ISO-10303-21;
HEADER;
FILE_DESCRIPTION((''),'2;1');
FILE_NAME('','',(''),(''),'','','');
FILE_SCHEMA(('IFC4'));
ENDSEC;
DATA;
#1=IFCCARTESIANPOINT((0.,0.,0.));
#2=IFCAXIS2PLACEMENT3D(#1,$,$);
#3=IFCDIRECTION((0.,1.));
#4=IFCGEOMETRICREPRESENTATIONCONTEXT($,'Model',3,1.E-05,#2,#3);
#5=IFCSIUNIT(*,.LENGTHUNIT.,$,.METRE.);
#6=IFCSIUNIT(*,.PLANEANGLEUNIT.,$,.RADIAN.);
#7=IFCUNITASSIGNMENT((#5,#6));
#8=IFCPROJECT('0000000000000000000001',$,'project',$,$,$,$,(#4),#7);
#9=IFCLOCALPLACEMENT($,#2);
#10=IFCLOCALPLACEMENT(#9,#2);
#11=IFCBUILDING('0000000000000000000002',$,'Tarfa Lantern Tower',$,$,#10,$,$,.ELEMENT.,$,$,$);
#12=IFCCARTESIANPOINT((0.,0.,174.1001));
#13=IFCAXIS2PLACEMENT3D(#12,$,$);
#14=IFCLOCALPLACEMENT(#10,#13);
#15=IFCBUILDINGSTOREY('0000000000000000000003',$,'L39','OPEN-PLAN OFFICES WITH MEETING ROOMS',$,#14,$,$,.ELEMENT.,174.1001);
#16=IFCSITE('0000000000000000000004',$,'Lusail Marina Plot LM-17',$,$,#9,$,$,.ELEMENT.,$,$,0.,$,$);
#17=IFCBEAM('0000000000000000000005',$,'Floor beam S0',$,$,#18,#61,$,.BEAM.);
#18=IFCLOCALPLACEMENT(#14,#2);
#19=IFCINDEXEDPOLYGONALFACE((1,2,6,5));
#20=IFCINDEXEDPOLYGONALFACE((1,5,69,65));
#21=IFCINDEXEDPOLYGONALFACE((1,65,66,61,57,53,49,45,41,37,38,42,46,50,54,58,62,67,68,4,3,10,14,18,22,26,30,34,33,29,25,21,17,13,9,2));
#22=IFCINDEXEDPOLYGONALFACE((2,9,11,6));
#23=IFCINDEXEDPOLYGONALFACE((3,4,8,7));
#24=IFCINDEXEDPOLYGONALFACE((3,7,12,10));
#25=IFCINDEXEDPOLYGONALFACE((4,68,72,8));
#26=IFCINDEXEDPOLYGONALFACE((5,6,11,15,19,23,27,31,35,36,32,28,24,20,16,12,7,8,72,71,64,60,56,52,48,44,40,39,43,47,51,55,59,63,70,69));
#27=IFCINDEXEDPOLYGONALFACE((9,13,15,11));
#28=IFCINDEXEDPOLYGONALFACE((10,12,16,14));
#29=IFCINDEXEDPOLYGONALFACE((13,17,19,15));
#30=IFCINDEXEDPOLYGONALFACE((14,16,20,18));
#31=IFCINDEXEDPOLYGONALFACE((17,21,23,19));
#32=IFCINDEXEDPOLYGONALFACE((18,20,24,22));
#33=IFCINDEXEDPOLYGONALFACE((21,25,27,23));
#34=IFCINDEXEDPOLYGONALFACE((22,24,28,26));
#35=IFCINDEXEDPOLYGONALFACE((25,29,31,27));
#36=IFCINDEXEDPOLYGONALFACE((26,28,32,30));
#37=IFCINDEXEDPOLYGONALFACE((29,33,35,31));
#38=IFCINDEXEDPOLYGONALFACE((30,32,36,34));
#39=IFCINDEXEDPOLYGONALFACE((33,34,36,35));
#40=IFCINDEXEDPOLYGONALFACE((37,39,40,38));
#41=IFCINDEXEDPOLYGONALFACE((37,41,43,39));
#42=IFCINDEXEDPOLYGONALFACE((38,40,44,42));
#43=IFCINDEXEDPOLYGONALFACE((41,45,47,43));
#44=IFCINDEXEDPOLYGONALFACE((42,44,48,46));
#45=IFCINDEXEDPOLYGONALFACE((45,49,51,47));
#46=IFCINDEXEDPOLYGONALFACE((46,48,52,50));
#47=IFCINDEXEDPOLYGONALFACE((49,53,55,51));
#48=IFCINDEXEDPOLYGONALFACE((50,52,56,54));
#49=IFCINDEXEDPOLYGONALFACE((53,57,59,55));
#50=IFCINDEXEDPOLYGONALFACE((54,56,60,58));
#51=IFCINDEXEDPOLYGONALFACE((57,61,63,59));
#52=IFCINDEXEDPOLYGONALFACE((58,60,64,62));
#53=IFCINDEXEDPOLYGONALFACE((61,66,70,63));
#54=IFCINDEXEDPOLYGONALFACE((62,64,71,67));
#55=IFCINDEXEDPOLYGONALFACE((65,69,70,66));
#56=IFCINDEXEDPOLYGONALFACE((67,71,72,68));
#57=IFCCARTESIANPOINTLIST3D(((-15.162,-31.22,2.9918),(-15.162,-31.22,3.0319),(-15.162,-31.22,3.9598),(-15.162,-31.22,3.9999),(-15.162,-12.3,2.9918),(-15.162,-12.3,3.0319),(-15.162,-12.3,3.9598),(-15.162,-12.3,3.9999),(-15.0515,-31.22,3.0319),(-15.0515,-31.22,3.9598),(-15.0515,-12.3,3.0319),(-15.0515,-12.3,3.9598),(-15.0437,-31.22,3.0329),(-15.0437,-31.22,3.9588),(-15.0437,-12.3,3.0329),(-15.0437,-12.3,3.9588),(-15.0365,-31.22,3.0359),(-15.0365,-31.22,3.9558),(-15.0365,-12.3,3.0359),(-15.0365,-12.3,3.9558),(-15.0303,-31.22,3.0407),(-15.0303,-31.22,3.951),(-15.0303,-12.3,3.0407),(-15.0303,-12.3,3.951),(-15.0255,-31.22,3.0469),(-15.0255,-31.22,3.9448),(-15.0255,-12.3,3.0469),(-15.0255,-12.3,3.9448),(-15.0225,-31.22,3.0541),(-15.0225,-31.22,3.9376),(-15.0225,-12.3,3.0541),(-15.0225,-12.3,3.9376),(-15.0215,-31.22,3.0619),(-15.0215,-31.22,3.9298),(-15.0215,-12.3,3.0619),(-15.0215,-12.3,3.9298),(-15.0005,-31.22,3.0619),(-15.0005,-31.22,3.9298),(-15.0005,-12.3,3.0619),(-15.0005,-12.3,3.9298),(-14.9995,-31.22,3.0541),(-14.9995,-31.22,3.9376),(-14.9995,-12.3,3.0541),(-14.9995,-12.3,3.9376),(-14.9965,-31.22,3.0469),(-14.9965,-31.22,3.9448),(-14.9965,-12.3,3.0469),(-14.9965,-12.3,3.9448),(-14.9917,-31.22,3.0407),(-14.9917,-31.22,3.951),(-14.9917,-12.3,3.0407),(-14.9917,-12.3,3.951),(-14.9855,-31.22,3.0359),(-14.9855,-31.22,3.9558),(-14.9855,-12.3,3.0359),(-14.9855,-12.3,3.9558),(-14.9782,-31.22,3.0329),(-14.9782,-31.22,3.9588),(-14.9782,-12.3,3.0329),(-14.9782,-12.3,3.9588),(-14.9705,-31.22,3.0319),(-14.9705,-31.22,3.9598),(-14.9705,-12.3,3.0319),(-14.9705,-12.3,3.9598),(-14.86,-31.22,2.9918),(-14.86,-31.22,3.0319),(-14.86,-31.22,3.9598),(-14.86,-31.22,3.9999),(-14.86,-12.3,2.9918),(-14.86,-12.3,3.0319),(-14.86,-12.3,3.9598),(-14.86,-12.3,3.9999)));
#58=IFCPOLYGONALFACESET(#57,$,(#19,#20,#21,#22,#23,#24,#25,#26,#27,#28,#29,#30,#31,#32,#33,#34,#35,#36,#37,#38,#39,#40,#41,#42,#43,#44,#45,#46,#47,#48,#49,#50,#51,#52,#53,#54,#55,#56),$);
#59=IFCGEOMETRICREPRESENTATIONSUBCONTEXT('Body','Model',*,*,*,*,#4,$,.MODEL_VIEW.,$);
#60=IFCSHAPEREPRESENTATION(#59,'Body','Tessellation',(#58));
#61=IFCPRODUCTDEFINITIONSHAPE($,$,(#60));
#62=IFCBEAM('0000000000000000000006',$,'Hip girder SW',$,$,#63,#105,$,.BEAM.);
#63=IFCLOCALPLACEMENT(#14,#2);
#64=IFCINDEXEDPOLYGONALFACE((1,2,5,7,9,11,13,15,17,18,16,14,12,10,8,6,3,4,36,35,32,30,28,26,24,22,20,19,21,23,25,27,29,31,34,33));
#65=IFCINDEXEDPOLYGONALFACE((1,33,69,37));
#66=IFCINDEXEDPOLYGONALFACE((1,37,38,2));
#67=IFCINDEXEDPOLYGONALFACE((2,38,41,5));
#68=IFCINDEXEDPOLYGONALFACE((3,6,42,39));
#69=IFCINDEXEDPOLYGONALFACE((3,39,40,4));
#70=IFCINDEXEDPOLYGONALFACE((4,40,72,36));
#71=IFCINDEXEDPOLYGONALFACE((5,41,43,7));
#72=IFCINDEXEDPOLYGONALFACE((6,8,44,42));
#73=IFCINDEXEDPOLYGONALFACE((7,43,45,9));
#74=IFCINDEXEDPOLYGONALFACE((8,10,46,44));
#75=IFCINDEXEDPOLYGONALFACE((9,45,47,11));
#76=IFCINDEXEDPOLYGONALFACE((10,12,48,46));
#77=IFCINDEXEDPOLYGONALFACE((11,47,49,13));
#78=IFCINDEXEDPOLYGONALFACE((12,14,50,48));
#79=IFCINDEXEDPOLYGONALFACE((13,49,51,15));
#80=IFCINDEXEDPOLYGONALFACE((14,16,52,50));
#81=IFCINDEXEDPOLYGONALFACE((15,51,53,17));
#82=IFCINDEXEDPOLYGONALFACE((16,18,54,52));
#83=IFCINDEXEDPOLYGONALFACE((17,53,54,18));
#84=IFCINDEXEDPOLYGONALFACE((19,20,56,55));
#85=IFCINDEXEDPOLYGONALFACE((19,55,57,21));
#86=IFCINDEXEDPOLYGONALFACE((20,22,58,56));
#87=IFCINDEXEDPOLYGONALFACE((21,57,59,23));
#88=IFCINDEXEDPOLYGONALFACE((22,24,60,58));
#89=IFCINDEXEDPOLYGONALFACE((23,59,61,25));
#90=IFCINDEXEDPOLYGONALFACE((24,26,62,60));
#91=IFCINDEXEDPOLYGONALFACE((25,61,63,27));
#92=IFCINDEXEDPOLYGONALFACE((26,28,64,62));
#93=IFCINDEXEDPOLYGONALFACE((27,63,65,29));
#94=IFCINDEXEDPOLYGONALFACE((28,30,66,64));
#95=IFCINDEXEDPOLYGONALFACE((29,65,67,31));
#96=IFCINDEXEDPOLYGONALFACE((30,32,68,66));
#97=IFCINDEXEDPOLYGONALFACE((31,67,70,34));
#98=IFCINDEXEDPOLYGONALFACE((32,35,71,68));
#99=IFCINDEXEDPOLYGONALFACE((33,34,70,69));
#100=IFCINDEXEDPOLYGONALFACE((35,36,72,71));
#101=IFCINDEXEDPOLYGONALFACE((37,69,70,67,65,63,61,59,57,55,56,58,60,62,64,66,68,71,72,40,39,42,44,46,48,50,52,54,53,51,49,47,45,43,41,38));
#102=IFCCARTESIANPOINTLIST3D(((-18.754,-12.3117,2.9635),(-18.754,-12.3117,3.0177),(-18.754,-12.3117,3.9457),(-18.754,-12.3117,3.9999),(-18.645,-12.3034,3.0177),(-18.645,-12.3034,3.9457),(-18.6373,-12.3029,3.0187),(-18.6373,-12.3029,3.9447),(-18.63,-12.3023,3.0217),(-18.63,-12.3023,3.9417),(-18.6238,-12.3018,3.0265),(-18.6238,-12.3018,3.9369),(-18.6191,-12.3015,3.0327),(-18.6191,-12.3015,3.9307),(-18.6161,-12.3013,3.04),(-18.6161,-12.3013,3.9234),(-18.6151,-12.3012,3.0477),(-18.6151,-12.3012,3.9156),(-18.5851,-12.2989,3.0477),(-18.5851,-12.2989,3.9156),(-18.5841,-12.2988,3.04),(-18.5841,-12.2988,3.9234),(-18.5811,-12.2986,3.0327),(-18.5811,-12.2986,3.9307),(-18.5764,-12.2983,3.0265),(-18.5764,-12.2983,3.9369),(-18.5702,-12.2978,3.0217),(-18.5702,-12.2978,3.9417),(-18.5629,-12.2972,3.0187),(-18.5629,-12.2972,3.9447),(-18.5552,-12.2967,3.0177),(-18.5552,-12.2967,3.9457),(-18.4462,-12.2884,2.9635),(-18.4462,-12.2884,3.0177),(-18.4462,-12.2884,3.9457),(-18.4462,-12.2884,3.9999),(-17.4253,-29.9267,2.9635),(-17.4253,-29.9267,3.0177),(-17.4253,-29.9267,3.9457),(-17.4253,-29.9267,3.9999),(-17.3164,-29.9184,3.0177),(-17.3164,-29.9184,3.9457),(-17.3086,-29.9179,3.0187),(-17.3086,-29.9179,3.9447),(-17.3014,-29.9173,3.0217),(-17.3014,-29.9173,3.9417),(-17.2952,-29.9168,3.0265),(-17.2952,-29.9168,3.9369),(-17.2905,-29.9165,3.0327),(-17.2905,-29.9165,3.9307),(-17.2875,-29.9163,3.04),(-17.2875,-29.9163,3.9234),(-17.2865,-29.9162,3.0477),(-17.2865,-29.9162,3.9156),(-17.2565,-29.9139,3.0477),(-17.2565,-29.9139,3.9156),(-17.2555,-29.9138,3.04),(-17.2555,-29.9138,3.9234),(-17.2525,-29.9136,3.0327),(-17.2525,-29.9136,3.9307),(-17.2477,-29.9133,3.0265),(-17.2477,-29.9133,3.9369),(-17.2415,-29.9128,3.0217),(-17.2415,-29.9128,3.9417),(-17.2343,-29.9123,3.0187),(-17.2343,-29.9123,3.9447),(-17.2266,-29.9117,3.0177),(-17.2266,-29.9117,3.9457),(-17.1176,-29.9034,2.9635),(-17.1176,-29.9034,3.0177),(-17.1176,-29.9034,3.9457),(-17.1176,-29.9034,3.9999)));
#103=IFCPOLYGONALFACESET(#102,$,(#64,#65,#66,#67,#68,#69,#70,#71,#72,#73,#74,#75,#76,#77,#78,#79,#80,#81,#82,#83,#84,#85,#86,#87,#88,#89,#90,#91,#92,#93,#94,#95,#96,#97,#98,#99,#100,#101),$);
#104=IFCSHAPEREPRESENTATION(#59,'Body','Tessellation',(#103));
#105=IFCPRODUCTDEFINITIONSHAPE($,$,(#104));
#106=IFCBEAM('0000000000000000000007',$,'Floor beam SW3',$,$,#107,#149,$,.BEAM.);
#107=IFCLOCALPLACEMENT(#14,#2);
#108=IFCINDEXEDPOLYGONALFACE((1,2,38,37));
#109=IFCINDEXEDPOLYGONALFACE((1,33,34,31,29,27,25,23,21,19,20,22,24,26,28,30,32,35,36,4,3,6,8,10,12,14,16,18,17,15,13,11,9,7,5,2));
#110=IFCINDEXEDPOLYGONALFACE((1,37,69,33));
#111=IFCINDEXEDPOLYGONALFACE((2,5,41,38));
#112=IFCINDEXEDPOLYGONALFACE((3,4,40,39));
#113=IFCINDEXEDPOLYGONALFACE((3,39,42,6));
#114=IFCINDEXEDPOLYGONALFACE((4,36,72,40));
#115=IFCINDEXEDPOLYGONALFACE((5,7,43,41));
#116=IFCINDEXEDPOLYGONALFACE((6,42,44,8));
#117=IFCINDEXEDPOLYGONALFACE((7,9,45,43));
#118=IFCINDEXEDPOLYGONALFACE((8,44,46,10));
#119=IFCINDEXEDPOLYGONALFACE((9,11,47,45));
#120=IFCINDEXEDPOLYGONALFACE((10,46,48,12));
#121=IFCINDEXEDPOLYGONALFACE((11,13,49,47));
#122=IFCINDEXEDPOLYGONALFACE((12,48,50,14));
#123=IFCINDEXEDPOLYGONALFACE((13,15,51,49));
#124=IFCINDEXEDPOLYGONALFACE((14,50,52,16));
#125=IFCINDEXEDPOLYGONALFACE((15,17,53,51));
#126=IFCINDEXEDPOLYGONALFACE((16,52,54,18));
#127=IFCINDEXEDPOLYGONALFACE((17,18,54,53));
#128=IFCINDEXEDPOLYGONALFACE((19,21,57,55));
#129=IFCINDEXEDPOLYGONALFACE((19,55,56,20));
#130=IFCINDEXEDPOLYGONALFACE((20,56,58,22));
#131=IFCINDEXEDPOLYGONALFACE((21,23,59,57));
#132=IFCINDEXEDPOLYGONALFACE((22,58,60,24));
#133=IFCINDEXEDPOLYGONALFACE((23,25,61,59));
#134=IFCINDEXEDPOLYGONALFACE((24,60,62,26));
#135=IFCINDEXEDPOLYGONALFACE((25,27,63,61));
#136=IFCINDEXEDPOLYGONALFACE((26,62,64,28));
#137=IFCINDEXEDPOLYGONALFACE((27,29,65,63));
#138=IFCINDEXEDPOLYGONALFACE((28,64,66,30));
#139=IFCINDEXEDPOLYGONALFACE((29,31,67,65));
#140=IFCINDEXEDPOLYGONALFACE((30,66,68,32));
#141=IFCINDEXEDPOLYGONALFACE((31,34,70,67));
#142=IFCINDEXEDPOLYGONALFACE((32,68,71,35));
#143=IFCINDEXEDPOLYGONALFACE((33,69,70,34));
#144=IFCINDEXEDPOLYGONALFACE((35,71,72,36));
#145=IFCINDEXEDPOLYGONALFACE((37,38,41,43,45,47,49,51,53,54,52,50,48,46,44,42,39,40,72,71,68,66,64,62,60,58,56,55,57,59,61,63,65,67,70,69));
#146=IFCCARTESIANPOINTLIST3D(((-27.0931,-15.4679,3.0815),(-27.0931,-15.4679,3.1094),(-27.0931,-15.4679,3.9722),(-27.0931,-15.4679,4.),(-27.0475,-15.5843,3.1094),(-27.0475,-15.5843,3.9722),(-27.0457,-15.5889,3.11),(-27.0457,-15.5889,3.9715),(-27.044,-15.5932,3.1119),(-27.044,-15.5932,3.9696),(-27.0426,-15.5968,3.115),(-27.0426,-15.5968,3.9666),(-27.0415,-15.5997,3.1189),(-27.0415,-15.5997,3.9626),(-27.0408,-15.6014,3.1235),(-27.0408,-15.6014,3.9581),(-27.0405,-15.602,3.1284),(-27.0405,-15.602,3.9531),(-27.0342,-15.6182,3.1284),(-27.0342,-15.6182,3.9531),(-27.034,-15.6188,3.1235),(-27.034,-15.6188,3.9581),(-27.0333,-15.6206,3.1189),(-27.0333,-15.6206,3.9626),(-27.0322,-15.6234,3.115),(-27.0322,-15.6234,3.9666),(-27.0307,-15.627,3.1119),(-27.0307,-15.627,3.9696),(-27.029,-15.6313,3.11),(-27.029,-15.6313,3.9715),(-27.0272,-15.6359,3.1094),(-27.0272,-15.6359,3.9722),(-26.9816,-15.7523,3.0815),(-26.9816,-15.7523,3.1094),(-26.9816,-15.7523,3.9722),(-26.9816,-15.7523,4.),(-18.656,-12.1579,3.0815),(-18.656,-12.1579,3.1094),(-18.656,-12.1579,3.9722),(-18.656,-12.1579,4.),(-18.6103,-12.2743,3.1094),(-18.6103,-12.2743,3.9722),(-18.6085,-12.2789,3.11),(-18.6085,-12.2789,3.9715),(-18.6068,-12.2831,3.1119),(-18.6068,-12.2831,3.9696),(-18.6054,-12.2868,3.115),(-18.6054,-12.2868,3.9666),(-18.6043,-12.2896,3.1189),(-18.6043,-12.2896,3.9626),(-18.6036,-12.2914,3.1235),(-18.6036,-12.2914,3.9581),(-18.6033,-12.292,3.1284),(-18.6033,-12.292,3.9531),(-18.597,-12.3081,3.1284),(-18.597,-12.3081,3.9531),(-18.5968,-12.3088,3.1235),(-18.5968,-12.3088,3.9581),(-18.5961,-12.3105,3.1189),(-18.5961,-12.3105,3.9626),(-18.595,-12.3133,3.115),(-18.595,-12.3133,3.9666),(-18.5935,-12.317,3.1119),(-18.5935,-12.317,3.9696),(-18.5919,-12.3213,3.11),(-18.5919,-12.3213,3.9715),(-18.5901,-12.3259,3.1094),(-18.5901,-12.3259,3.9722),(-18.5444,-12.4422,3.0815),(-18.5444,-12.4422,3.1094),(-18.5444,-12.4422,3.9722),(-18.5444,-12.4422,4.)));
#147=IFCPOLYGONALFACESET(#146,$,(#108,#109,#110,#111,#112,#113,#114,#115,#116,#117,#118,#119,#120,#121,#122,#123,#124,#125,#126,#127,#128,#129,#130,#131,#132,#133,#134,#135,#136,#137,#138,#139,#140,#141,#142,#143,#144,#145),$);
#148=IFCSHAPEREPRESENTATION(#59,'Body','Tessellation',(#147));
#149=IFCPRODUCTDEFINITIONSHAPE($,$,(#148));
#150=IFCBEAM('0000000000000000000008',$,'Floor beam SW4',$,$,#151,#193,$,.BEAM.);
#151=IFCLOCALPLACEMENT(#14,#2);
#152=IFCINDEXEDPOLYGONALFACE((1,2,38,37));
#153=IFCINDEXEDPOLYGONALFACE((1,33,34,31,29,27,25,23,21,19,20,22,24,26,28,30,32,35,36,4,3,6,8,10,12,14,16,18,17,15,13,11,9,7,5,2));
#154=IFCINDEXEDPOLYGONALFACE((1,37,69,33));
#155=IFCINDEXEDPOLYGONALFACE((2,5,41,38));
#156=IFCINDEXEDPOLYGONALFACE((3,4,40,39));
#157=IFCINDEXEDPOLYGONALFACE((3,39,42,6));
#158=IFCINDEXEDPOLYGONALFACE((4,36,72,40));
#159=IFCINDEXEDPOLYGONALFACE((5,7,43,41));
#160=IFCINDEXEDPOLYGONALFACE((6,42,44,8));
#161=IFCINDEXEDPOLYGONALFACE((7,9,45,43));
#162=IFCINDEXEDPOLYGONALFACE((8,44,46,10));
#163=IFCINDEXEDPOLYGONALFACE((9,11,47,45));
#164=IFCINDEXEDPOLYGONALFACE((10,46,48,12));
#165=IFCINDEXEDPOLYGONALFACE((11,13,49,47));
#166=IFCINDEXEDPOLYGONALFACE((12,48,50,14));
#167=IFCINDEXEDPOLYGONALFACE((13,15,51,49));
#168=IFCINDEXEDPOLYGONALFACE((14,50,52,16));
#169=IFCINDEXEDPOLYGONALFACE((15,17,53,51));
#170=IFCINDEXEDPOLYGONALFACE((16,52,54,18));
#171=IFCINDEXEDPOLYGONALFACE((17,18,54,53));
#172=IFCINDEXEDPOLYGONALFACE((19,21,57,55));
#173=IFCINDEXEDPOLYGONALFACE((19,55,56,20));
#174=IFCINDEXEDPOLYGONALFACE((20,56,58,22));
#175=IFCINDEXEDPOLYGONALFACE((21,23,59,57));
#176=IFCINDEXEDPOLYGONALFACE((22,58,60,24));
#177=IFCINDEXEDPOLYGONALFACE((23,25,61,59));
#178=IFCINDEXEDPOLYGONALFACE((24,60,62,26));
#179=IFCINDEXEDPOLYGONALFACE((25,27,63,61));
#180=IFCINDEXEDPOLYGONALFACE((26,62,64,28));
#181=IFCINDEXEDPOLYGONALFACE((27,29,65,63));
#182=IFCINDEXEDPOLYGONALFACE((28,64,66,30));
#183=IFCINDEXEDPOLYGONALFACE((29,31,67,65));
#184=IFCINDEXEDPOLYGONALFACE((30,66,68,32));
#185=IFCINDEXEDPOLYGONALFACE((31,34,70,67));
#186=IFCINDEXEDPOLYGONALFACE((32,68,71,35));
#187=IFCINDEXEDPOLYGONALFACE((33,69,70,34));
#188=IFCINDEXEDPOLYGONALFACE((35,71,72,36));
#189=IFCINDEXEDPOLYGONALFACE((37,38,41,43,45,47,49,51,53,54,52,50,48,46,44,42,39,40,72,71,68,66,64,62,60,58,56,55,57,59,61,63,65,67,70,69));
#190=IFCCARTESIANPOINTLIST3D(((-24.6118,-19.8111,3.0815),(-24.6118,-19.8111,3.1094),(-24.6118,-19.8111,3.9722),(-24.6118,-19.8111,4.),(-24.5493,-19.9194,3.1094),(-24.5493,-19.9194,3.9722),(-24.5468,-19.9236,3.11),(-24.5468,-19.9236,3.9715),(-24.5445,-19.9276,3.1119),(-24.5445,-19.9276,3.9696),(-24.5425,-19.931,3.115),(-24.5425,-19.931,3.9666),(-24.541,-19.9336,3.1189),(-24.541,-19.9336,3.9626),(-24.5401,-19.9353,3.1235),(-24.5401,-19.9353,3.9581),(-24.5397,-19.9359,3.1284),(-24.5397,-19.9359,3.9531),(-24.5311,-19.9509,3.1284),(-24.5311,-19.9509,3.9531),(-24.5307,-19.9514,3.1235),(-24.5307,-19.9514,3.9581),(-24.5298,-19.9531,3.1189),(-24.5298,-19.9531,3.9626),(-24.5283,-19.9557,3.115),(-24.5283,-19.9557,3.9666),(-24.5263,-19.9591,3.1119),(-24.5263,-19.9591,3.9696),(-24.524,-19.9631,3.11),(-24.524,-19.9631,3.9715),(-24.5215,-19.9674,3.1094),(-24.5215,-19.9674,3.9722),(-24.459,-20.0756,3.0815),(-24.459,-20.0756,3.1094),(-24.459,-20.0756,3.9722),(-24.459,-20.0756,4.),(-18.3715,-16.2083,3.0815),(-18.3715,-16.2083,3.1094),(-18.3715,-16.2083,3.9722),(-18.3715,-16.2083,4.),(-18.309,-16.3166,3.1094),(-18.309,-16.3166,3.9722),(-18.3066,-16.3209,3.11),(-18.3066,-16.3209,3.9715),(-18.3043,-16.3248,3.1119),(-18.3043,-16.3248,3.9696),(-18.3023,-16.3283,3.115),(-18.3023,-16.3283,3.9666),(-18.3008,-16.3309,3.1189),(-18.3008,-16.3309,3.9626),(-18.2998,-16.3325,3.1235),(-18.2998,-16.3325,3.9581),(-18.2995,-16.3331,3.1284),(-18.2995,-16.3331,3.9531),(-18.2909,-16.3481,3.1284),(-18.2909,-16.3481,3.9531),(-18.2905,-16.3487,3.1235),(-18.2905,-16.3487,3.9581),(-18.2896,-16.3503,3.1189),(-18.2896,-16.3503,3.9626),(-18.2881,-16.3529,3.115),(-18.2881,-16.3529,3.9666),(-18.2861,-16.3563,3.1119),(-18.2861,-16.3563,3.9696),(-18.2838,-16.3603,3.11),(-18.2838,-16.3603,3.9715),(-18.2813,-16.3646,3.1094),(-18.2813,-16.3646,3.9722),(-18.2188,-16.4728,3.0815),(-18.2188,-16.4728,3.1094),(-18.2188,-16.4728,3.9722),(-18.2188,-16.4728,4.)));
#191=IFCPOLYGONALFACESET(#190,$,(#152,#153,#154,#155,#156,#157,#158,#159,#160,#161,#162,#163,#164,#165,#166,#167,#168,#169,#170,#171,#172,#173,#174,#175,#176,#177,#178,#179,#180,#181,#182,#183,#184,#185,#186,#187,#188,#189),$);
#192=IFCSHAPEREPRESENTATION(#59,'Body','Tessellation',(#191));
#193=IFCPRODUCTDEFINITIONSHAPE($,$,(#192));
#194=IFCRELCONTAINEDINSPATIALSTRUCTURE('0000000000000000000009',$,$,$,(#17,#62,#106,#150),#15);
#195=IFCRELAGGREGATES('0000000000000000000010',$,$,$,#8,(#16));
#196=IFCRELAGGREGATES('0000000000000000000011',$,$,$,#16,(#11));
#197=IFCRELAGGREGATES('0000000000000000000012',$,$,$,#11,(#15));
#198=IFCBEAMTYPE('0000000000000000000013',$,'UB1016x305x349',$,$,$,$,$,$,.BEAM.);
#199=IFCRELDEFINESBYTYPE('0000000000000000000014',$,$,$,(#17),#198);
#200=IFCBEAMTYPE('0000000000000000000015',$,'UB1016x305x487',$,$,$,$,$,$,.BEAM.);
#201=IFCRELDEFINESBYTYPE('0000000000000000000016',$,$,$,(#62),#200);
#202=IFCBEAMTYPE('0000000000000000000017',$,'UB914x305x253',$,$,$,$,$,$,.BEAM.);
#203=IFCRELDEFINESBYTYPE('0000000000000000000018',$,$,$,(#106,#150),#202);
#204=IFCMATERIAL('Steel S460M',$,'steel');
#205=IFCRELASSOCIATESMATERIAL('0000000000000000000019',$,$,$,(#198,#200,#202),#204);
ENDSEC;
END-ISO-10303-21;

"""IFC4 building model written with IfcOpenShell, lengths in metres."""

from ifc_helpers import new_model, si_unit, direction, frame, origin, origin_2d, place, context, subcontext, project, spatial, i_section, extrude, material, material_profile, profile_set, type_object, element, save


model = new_model("IFC4")

# Units and contexts
model_context = context("Model", 3, precision=1e-05, world=origin(), true_north=direction((0.0, 1.0)))
body_context = subcontext(model_context, "Body", "Model", "MODEL_VIEW")
ifc_project = project(units=[si_unit("LENGTHUNIT", "METRE"), si_unit("PLANEANGLEUNIT", "RADIAN")], contexts=[model_context])

# Site, building, storey
site_placement = place(None, origin())
site = spatial("IfcSite", under=ifc_project, at=site_placement, Name="Lusail Marina Plot LM-17", CompositionType="ELEMENT", RefElevation=0.0)
building_placement = place(site_placement, origin())
building = spatial("IfcBuilding", under=site, at=building_placement, Name="Tarfa Lantern Tower", CompositionType="ELEMENT")
storey_placement = place(building_placement, frame((0.0, 0.0, 174.1001)))
storey = spatial("IfcBuildingStorey", under=building, at=storey_placement, Name="L39", Description="OPEN-PLAN OFFICES WITH MEETING ROOMS", CompositionType="ELEMENT", Elevation=174.1001)

# Beams
ifc_material_1 = material(Name="Steel S460M", Category="steel")
ifc_material_profile_1 = material_profile(ifc_material_1, i_section(OverallWidth=0.302, OverallDepth=1.0081, WebThickness=0.021, FlangeThickness=0.04, FilletRadius=0.03, at=origin_2d()), Name="UB1016x305x349")
ifc_profile_set_1 = profile_set([ifc_material_profile_1], Name="Steel S460M")
beam_type_1 = type_object("IfcBeamType", Name="UB1016x305x349", PredefinedType="BEAM", material=ifc_profile_set_1)
beam_1_placement = place(storey_placement, frame((-15.011, -31.22, 3.4958), z_axis=(0.0, 1.0, 0.0), x_axis=(-1.0, 0.0, 0.0)))
element("IfcBeam", 1, at=beam_1_placement, inside=storey, type_object=beam_type_1, Name="Floor beam S0", PredefinedType="BEAM", context=body_context, shape_type="SweptSolid", body=[
    extrude(i_section(OverallWidth=0.302, OverallDepth=1.0081, WebThickness=0.021, FlangeThickness=0.04, FilletRadius=0.03, at=origin_2d()), origin(), (0.0, 0.0, 1.0), 18.9199),
])
ifc_material_profile_2 = material_profile(ifc_material_1, i_section(OverallWidth=0.3086, OverallDepth=1.0364, WebThickness=0.03, FlangeThickness=0.0542, FilletRadius=0.03, at=origin_2d()), Name="UB1016x305x487")
ifc_profile_set_2 = profile_set([ifc_material_profile_2], Name="Steel S460M")
beam_type_2 = type_object("IfcBeamType", Name="UB1016x305x487", PredefinedType="BEAM", material=ifc_profile_set_2)
beam_2_placement = place(storey_placement, frame((-18.6001, -12.3, 3.4817), z_axis=(0.075212, -0.997168, 0.0), x_axis=(0.997168, 0.075212, 0.0)))
element("IfcBeam", 2, at=beam_2_placement, inside=storey, type_object=beam_type_2, Name="Hip girder SW", PredefinedType="BEAM", context=body_context, shape_type="SweptSolid", body=[
    extrude(i_section(OverallWidth=0.3086, OverallDepth=1.0364, WebThickness=0.03, FlangeThickness=0.0542, FilletRadius=0.03, at=origin_2d()), origin(), (0.0, 0.0, 1.0), 17.665),
])
ifc_material_profile_3 = material_profile(ifc_material_1, i_section(OverallWidth=0.3054, OverallDepth=0.9185, WebThickness=0.0173, FlangeThickness=0.0278, FilletRadius=0.019, at=origin_2d()), Name="UB914x305x253")
ifc_profile_set_3 = profile_set([ifc_material_profile_3], Name="Steel S460M")
beam_type_3 = type_object("IfcBeamType", Name="UB914x305x253", PredefinedType="BEAM", material=ifc_profile_set_3)
beam_3_placement = place(storey_placement, frame((-27.0374, -15.6101, 3.5408), z_axis=(0.930923, 0.365215, 0.0), x_axis=(-0.365215, 0.930923, 0.0)))
element("IfcBeam", 3, at=beam_3_placement, inside=storey, type_object=beam_type_3, Name="Floor beam SW3", PredefinedType="BEAM", context=body_context, shape_type="SweptSolid", body=[
    extrude(i_section(OverallWidth=0.3054, OverallDepth=0.9185, WebThickness=0.0173, FlangeThickness=0.0278, FilletRadius=0.019, at=origin_2d()), origin(), (0.0, 0.0, 1.0), 9.0632),
])
beam_4_placement = place(storey_placement, frame((-24.5354, -19.9434, 3.5408), z_axis=(0.866026, 0.499998, 0.0), x_axis=(-0.499998, 0.866026, 0.0)))
element("IfcBeam", 4, at=beam_4_placement, inside=storey, type_object=beam_type_3, Name="Floor beam SW4", PredefinedType="BEAM", context=body_context, shape_type="SweptSolid", body=[
    extrude(i_section(OverallWidth=0.3054, OverallDepth=0.9185, WebThickness=0.0173, FlangeThickness=0.0278, FilletRadius=0.019, at=origin_2d()), origin(), (0.0, 0.0, 1.0), 7.2056),
])

save(model, "model.ifc")
